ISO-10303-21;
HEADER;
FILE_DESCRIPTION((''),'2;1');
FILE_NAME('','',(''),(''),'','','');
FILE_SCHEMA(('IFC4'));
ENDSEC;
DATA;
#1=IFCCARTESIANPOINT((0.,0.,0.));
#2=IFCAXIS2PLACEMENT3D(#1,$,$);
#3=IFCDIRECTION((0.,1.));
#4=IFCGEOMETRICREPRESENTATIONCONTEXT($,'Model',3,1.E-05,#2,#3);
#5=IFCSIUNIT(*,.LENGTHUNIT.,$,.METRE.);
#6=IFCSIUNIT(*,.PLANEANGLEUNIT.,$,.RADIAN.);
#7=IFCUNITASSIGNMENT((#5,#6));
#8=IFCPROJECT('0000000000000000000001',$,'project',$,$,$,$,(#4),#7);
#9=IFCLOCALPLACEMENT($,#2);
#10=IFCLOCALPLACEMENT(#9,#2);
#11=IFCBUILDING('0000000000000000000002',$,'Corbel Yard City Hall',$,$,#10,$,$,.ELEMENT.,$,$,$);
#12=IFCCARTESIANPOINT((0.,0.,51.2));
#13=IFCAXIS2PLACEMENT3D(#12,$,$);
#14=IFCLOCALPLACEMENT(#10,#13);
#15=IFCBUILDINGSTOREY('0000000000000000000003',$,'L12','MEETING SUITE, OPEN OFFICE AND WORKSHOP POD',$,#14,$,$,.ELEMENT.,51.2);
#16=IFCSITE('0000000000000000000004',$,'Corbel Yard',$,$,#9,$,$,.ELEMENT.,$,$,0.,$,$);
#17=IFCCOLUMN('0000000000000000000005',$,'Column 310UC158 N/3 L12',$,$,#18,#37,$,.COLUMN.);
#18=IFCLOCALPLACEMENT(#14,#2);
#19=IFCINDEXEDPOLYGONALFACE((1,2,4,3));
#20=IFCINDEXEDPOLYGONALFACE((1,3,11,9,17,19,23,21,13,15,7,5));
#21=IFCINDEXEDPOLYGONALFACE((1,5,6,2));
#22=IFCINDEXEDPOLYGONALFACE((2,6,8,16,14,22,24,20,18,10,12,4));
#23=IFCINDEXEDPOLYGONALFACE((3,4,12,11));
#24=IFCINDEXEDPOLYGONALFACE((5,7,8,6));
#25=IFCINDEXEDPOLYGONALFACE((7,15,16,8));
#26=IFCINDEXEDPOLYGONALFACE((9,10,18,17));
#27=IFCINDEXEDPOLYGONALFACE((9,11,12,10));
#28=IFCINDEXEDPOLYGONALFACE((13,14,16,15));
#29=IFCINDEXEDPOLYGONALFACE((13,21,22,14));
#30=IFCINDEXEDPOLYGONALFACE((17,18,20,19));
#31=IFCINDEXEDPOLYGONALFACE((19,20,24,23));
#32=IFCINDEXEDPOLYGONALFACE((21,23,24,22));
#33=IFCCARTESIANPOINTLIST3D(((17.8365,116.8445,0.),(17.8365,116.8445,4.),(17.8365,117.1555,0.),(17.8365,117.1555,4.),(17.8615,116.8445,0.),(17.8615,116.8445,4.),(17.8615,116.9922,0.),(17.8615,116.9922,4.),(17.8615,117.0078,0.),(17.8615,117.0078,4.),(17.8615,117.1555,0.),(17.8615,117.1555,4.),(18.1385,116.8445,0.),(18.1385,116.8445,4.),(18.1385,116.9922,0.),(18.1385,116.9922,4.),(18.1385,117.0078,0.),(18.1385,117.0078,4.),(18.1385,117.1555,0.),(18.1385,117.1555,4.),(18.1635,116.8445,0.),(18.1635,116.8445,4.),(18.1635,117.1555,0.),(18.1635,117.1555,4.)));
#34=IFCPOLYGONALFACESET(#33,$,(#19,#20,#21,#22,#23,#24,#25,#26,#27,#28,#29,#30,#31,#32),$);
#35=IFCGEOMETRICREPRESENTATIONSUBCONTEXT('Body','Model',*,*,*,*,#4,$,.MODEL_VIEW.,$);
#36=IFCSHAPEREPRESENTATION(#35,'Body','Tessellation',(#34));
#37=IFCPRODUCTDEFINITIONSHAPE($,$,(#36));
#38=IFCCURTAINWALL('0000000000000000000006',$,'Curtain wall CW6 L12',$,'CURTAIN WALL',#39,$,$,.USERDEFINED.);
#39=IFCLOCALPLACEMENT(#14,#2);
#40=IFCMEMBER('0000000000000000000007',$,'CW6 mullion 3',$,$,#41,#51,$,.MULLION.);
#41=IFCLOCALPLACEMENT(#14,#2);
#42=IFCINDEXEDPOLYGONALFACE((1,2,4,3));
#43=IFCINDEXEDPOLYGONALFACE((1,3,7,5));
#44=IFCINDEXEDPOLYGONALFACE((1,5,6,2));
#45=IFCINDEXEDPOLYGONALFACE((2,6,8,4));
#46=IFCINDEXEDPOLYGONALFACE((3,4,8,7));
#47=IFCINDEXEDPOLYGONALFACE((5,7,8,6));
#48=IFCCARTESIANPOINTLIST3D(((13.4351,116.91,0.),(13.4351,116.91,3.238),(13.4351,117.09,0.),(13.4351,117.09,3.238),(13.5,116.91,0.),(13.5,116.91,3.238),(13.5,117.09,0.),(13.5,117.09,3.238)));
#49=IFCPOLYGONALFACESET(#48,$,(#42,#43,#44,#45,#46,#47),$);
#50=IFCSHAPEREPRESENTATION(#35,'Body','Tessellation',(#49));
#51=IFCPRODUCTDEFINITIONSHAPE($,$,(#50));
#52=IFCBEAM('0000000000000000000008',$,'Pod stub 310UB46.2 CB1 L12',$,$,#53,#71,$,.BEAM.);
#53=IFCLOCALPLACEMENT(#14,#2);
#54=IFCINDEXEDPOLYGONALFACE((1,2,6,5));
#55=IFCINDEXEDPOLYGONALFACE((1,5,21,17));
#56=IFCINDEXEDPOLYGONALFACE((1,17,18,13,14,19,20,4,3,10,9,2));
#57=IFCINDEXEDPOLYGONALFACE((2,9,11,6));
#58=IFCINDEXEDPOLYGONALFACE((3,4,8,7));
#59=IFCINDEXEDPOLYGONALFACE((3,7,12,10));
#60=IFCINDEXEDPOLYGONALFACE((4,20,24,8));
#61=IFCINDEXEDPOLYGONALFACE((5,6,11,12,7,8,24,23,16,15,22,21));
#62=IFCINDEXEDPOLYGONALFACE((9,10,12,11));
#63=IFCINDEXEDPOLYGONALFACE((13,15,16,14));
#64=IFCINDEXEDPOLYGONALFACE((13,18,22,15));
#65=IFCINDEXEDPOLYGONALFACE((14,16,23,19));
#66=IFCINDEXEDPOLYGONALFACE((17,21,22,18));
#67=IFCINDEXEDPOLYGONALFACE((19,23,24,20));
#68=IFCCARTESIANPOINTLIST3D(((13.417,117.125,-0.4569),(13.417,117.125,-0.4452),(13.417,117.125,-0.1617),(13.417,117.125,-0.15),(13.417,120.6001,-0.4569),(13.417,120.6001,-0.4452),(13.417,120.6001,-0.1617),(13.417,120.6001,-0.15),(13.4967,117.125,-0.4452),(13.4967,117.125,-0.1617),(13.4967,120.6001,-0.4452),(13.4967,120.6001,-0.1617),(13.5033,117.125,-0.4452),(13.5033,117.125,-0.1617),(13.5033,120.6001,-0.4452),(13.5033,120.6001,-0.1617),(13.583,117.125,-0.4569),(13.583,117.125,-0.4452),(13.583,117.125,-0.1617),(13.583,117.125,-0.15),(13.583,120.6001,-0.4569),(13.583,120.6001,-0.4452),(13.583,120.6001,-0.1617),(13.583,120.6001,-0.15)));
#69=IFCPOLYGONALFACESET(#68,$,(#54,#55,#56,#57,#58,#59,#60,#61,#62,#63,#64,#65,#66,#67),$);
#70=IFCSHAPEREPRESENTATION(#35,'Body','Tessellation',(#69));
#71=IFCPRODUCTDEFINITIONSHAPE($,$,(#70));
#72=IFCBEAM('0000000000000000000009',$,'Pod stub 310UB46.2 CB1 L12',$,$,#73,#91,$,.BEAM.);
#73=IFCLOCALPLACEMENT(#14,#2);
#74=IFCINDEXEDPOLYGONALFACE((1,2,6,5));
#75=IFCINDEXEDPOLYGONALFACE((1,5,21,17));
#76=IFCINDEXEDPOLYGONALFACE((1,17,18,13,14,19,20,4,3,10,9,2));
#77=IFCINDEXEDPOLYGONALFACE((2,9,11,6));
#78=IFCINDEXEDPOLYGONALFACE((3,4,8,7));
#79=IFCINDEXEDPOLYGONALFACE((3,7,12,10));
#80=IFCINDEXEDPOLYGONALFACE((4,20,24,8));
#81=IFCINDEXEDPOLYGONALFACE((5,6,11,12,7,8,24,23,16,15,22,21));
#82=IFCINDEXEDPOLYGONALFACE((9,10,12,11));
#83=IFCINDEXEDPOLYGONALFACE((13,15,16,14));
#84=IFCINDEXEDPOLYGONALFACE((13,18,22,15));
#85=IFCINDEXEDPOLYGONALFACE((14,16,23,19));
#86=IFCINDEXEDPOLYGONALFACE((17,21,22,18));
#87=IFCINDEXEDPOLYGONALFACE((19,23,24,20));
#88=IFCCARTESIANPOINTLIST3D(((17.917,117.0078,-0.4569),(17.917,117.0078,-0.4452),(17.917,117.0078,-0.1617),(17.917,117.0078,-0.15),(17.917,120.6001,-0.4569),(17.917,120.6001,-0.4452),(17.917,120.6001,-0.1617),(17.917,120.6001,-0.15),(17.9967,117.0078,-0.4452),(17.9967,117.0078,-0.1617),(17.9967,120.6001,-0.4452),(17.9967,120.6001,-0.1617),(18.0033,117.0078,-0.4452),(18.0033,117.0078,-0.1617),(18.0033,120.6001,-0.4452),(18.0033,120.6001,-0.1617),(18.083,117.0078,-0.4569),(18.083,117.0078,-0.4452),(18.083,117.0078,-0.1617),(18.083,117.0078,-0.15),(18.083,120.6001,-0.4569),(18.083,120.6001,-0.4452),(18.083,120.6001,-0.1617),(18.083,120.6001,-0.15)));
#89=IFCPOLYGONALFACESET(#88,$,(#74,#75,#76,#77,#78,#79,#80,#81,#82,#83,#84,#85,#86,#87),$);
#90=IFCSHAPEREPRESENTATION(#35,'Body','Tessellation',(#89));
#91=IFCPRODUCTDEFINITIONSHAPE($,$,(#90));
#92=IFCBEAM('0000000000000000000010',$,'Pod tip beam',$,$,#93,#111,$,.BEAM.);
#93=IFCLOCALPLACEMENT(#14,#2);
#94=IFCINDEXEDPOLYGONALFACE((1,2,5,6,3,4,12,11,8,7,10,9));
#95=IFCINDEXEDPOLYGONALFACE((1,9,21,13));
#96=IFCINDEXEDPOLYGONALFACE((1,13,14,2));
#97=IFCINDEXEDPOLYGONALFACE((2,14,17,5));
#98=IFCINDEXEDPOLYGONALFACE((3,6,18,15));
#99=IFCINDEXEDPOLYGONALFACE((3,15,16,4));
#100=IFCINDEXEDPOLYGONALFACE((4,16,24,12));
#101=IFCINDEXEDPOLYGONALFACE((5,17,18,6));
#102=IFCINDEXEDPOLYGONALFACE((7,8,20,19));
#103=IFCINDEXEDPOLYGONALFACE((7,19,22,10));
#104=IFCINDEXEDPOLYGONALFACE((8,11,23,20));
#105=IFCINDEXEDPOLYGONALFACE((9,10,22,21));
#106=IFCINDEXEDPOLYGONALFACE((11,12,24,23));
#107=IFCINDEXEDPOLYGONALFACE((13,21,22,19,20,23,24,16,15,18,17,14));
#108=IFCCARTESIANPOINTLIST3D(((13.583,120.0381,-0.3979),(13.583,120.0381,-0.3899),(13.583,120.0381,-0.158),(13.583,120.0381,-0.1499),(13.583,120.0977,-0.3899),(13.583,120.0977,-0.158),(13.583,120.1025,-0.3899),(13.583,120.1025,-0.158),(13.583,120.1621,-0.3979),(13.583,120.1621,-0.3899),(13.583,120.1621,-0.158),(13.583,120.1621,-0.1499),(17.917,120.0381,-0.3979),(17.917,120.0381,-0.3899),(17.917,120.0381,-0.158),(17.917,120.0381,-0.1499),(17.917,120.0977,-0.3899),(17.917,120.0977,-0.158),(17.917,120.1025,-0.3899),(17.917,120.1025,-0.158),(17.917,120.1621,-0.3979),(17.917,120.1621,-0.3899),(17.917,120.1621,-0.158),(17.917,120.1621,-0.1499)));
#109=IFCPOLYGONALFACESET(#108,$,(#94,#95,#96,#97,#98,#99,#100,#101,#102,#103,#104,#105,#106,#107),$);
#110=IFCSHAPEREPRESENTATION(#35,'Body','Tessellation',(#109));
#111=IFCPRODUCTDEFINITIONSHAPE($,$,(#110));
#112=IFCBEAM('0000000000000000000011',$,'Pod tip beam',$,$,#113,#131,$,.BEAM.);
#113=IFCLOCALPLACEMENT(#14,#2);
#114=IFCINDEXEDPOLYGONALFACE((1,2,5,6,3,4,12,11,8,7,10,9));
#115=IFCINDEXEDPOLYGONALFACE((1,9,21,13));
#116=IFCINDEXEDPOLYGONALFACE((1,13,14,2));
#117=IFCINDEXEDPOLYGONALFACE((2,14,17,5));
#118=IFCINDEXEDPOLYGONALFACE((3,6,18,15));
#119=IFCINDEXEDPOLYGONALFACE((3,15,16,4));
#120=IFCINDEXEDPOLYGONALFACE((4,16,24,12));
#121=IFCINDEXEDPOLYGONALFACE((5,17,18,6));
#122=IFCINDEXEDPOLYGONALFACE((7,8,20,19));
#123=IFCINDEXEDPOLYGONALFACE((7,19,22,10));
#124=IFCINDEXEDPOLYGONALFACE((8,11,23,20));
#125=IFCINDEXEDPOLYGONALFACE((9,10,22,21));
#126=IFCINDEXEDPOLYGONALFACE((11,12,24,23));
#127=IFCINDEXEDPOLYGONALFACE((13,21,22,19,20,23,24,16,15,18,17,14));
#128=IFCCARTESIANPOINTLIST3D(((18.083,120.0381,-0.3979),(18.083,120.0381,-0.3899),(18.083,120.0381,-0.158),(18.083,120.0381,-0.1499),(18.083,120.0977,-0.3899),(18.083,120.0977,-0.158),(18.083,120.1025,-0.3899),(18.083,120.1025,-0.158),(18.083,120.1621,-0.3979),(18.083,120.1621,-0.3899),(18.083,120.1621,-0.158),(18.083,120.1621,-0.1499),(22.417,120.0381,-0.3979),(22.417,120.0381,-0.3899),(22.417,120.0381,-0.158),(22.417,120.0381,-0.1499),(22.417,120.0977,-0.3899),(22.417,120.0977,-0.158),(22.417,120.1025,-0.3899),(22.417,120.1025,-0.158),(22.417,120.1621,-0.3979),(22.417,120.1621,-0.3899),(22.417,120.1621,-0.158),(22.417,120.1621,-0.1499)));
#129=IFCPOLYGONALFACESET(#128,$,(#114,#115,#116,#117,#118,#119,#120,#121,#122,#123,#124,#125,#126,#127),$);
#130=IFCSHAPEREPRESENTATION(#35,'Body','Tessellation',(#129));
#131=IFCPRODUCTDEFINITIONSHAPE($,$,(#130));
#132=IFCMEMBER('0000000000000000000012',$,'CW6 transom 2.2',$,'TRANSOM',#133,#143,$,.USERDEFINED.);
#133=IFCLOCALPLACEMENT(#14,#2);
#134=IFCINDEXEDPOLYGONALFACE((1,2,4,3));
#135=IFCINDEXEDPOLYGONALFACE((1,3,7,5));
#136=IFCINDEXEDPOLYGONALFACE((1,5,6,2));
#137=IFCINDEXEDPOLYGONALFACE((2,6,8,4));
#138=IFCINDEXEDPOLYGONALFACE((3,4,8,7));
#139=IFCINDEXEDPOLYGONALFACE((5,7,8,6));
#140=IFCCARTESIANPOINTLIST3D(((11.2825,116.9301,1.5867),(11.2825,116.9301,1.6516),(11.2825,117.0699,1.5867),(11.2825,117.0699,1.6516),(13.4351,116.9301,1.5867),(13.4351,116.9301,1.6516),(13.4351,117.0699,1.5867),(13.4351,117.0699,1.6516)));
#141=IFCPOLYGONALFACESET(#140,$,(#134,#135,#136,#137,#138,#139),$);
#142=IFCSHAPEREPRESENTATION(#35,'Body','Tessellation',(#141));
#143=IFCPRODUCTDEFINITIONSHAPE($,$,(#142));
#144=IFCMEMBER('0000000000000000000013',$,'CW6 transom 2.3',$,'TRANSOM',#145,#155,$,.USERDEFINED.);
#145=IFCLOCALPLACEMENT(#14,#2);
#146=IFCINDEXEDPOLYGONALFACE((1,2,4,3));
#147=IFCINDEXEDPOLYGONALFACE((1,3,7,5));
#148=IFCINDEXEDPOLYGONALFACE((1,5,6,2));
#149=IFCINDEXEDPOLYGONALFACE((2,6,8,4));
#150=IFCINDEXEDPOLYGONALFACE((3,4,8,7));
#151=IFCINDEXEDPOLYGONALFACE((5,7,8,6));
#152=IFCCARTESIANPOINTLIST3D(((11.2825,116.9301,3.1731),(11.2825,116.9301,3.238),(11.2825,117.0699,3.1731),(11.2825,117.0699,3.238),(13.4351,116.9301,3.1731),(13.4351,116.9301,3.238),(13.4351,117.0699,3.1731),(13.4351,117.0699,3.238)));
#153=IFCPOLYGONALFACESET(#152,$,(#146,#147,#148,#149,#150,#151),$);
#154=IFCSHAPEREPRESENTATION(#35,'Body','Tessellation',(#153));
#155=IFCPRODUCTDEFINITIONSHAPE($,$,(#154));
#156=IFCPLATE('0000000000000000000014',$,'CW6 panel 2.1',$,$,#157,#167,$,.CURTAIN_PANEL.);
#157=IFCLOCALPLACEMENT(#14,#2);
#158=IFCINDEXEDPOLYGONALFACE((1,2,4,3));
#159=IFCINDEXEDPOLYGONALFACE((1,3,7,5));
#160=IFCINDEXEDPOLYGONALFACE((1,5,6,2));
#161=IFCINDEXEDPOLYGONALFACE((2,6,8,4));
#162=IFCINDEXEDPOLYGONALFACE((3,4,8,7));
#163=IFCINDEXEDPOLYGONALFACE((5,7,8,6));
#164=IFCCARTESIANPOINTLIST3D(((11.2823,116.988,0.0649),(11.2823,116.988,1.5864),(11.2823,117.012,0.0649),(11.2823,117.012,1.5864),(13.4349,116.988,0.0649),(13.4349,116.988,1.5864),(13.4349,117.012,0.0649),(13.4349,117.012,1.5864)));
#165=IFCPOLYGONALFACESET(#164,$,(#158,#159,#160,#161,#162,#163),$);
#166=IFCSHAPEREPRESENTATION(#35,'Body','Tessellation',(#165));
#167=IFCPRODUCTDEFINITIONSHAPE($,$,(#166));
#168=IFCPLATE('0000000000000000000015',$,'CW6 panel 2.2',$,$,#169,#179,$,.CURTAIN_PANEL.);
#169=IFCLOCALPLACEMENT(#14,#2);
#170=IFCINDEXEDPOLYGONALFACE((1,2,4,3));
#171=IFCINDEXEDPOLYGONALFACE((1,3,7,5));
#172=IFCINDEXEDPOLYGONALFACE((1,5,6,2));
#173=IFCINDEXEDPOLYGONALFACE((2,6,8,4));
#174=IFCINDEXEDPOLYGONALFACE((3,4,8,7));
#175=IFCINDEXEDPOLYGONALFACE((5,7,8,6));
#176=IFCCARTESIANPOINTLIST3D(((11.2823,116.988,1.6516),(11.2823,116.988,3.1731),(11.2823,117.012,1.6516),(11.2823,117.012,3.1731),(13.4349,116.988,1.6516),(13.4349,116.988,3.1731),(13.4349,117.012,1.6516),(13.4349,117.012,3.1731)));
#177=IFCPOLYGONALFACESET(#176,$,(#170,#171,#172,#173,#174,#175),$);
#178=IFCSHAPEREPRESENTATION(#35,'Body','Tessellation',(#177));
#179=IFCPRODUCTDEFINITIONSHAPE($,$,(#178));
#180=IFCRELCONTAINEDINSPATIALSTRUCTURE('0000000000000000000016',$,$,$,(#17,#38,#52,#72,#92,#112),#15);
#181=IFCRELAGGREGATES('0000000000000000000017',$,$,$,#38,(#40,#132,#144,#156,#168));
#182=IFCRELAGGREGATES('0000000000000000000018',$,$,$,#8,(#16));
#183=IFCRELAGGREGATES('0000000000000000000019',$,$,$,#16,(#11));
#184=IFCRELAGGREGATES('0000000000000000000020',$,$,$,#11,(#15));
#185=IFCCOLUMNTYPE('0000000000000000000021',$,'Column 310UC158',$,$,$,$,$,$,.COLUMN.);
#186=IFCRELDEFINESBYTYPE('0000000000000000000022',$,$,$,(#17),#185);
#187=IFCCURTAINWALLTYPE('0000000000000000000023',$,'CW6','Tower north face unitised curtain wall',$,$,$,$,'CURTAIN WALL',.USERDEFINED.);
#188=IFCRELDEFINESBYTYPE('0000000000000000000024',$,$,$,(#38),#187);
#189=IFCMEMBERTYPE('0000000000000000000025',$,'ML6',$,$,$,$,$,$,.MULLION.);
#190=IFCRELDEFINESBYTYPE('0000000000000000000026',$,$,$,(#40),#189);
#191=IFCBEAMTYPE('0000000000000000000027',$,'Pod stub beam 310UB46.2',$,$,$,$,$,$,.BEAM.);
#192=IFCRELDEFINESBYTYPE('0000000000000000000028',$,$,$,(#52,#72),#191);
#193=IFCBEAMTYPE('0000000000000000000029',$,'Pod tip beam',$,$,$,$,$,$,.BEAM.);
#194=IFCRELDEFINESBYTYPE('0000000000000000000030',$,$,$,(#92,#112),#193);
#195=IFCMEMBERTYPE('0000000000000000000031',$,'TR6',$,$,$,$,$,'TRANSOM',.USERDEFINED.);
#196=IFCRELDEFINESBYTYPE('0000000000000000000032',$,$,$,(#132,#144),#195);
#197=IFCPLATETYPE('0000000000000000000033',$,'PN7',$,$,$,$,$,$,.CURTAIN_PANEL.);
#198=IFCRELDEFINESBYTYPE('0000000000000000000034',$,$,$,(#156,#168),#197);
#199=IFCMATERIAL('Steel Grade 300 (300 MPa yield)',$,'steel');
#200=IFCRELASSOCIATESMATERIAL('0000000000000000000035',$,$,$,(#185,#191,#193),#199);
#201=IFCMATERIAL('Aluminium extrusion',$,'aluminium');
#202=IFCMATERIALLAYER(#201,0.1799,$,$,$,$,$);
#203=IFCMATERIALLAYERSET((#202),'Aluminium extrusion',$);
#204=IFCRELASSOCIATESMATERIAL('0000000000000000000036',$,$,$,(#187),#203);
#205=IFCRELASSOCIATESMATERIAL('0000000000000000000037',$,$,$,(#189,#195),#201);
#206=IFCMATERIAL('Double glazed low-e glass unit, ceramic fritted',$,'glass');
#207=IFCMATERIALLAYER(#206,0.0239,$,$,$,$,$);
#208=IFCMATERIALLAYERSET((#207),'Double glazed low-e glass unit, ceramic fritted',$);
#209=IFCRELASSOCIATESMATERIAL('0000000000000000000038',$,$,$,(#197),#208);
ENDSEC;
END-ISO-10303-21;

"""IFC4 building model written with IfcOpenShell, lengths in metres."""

from ifc_helpers import new_model, si_unit, direction, frame, origin, origin_2d, place, context, subcontext, project, spatial, rectangle, i_section, extrude, material, layer, layer_set, material_profile, profile_set, type_object, element, aggregate, save


model = new_model("IFC4")

# Units and contexts
model_context = context("Model", 3, precision=1e-05, world=origin(), true_north=direction((0.0, 1.0)))
body_context = subcontext(model_context, "Body", "Model", "MODEL_VIEW")
ifc_project = project(units=[si_unit("LENGTHUNIT", "METRE"), si_unit("PLANEANGLEUNIT", "RADIAN")], contexts=[model_context])

# Site, building, storey
site_placement = place(None, origin())
site = spatial("IfcSite", under=ifc_project, at=site_placement, Name="Corbel Yard", CompositionType="ELEMENT", RefElevation=0.0)
building_placement = place(site_placement, origin())
building = spatial("IfcBuilding", under=site, at=building_placement, Name="Corbel Yard City Hall", CompositionType="ELEMENT")
storey_placement = place(building_placement, frame((0.0, 0.0, 51.2)))
storey = spatial("IfcBuildingStorey", under=building, at=storey_placement, Name="L12", Description="MEETING SUITE, OPEN OFFICE AND WORKSHOP POD", CompositionType="ELEMENT", Elevation=51.2)

# Column
ifc_material_1 = material(Name="Steel Grade 300 (300 MPa yield)", Category="steel")
ifc_material_profile_1 = material_profile(ifc_material_1, i_section(OverallWidth=0.311, OverallDepth=0.3269, WebThickness=0.0156, FlangeThickness=0.0249, at=origin_2d()), Name="310UC158")
ifc_profile_set_1 = profile_set([ifc_material_profile_1], Name="Steel Grade 300 (300 MPa yield)")
column_type = type_object("IfcColumnType", Name="Column 310UC158", PredefinedType="COLUMN", material=ifc_profile_set_1)
column_placement = place(storey_placement, frame((18.0, 117.0, 0.0), z_axis=(0.0, 0.0, 1.0), x_axis=(0.0, 1.0, 0.0)))
element("IfcColumn", 1, at=column_placement, inside=storey, type_object=column_type, Name="Column 310UC158 N/3 L12", PredefinedType="COLUMN", context=body_context, shape_type="SweptSolid", body=[
    extrude(i_section(OverallWidth=0.311, OverallDepth=0.3269, WebThickness=0.0156, FlangeThickness=0.0249, at=origin_2d()), origin(), (0.0, 0.0, 1.0), 4.0),
])

# Curtain wall, member
ifc_material_2 = material(Name="Aluminium extrusion", Category="aluminium")
ifc_layer_1 = layer(ifc_material_2, 0.1799)
ifc_layer_set_1 = layer_set([ifc_layer_1], Name="Aluminium extrusion")
curtain_wall_type = type_object("IfcCurtainWallType", Name="CW6", Description="Tower north face unitised curtain wall", ElementType="CURTAIN WALL", PredefinedType="USERDEFINED", material=ifc_layer_set_1)
curtain_wall_placement = place(storey_placement, origin())
curtain_wall = element("IfcCurtainWall", 2, at=curtain_wall_placement, inside=storey, type_object=curtain_wall_type, Name="Curtain wall CW6 L12", ObjectType="CURTAIN WALL", PredefinedType="USERDEFINED")
ifc_material_profile_2 = material_profile(ifc_material_2, rectangle(XDim=0.1799, YDim=0.0649, at=origin_2d()), Name="180x65")
ifc_profile_set_2 = profile_set([ifc_material_profile_2], Name="Aluminium extrusion")
member_type_1 = type_object("IfcMemberType", Name="ML6", PredefinedType="MULLION", material=ifc_profile_set_2)
member_1_placement = place(storey_placement, frame((13.4675, 117.0, 0.0), z_axis=(0.0, 0.0, 1.0), x_axis=(0.0, 1.0, 0.0)))
member_1 = element("IfcMember", 3, at=member_1_placement, type_object=member_type_1, Name="CW6 mullion 3", PredefinedType="MULLION", context=body_context, shape_type="SweptSolid", body=[
    extrude(rectangle(XDim=0.1799, YDim=0.0649, at=origin_2d()), origin(), (0.0, 0.0, 1.0), 3.238),
])

# Beams
ifc_material_profile_3 = material_profile(ifc_material_1, i_section(OverallWidth=0.166, OverallDepth=0.3069, WebThickness=0.0066, FlangeThickness=0.0117, at=origin_2d()), Name="310UB46.2")
ifc_profile_set_3 = profile_set([ifc_material_profile_3], Name="Steel Grade 300 (300 MPa yield)")
beam_type_1 = type_object("IfcBeamType", Name="Pod stub beam 310UB46.2", PredefinedType="BEAM", material=ifc_profile_set_3)
beam_1_placement = place(storey_placement, frame((13.5, 117.125, -0.3035), z_axis=(0.0, 1.0, 0.0), x_axis=(-1.0, 0.0, 0.0)))
element("IfcBeam", 4, at=beam_1_placement, inside=storey, type_object=beam_type_1, Name="Pod stub 310UB46.2 CB1 L12", PredefinedType="BEAM", context=body_context, shape_type="SweptSolid", body=[
    extrude(i_section(OverallWidth=0.166, OverallDepth=0.3069, WebThickness=0.0066, FlangeThickness=0.0117, at=origin_2d()), origin(), (0.0, 0.0, 1.0), 3.4751),
])
beam_2_placement = place(storey_placement, frame((18.0, 117.0078, -0.3035), z_axis=(0.0, 1.0, 0.0), x_axis=(-1.0, 0.0, 0.0)))
element("IfcBeam", 5, at=beam_2_placement, inside=storey, type_object=beam_type_1, Name="Pod stub 310UB46.2 CB1 L12", PredefinedType="BEAM", context=body_context, shape_type="SweptSolid", body=[
    extrude(i_section(OverallWidth=0.166, OverallDepth=0.3069, WebThickness=0.0066, FlangeThickness=0.0117, at=origin_2d()), origin(), (0.0, 0.0, 1.0), 3.5923),
])
ifc_material_profile_4 = material_profile(ifc_material_1, i_section(OverallWidth=0.124, OverallDepth=0.248, WebThickness=0.0049, FlangeThickness=0.0081, at=origin_2d()), Name="250UB25.7")
ifc_profile_set_4 = profile_set([ifc_material_profile_4], Name="Steel Grade 300 (300 MPa yield)")
beam_type_2 = type_object("IfcBeamType", Name="Pod tip beam", PredefinedType="BEAM", material=ifc_profile_set_4)
for number, where, z_axis, x_axis, name in (
    (6, (13.583, 120.1001, -0.2739), (1.0, 0.0, 0.0), (0.0, 1.0, 0.0), "Pod tip beam"),
    (7, (18.083, 120.1001, -0.2739), (1.0, 0.0, 0.0), (0.0, 1.0, 0.0), "Pod tip beam"),
):
    element("IfcBeam", number, at=place(storey_placement, frame(where, z_axis=z_axis, x_axis=x_axis)), inside=storey, type_object=beam_type_2, Name=name, PredefinedType="BEAM", context=body_context, shape_type="SweptSolid", body=[
        extrude(i_section(OverallWidth=0.124, OverallDepth=0.248, WebThickness=0.0049, FlangeThickness=0.0081, at=origin_2d()), origin(), (0.0, 0.0, 1.0), 4.334),
    ])

# Members
ifc_material_profile_5 = material_profile(ifc_material_2, rectangle(XDim=0.1399, YDim=0.0649, at=origin_2d()), Name="140x65")
ifc_profile_set_5 = profile_set([ifc_material_profile_5], Name="Aluminium extrusion")
member_type_2 = type_object("IfcMemberType", Name="TR6", ElementType="TRANSOM", PredefinedType="USERDEFINED", material=ifc_profile_set_5)
member_2_placement = place(storey_placement, frame((11.2825, 117.0, 1.6191), z_axis=(1.0, 0.0, 0.0), x_axis=(0.0, 1.0, 0.0)))
member_2 = element("IfcMember", 8, at=member_2_placement, type_object=member_type_2, Name="CW6 transom 2.2", ObjectType="TRANSOM", PredefinedType="USERDEFINED", context=body_context, shape_type="SweptSolid", body=[
    extrude(rectangle(XDim=0.1399, YDim=0.0649, at=origin_2d()), origin(), (0.0, 0.0, 1.0), 2.1526),
])
member_3_placement = place(storey_placement, frame((11.2825, 117.0, 3.2056), z_axis=(1.0, 0.0, 0.0), x_axis=(0.0, 1.0, 0.0)))
member_3 = element("IfcMember", 9, at=member_3_placement, type_object=member_type_2, Name="CW6 transom 2.3", ObjectType="TRANSOM", PredefinedType="USERDEFINED", context=body_context, shape_type="SweptSolid", body=[
    extrude(rectangle(XDim=0.1399, YDim=0.0649, at=origin_2d()), origin(), (0.0, 0.0, 1.0), 2.1526),
])

# Plates
ifc_material_3 = material(Name="Double glazed low-e glass unit, ceramic fritted", Category="glass")
ifc_layer_2 = layer(ifc_material_3, 0.0239)
ifc_layer_set_2 = layer_set([ifc_layer_2], Name="Double glazed low-e glass unit, ceramic fritted")
plate_type = type_object("IfcPlateType", Name="PN7", PredefinedType="CURTAIN_PANEL", material=ifc_layer_set_2)
plate_1_placement = place(storey_placement, frame((12.3586, 117.0, 0.0649), z_axis=(0.0, 0.0, 1.0), x_axis=(1.0, 0.0, 0.0)))
plate_1 = element("IfcPlate", 10, at=plate_1_placement, type_object=plate_type, Name="CW6 panel 2.1", PredefinedType="CURTAIN_PANEL", context=body_context, shape_type="SweptSolid", body=[
    extrude(rectangle(XDim=2.1526, YDim=0.0239, at=origin_2d()), origin(), (0.0, 0.0, 1.0), 1.5215),
])
plate_2_placement = place(storey_placement, frame((12.3586, 117.0, 1.6516), z_axis=(0.0, 0.0, 1.0), x_axis=(1.0, 0.0, 0.0)))
plate_2 = element("IfcPlate", 11, at=plate_2_placement, type_object=plate_type, Name="CW6 panel 2.2", PredefinedType="CURTAIN_PANEL", context=body_context, shape_type="SweptSolid", body=[
    extrude(rectangle(XDim=2.1526, YDim=0.0239, at=origin_2d()), origin(), (0.0, 0.0, 1.0), 1.5215),
])
aggregate(curtain_wall, [member_1, member_2, member_3, plate_1, plate_2])

save(model, "model.ifc")
